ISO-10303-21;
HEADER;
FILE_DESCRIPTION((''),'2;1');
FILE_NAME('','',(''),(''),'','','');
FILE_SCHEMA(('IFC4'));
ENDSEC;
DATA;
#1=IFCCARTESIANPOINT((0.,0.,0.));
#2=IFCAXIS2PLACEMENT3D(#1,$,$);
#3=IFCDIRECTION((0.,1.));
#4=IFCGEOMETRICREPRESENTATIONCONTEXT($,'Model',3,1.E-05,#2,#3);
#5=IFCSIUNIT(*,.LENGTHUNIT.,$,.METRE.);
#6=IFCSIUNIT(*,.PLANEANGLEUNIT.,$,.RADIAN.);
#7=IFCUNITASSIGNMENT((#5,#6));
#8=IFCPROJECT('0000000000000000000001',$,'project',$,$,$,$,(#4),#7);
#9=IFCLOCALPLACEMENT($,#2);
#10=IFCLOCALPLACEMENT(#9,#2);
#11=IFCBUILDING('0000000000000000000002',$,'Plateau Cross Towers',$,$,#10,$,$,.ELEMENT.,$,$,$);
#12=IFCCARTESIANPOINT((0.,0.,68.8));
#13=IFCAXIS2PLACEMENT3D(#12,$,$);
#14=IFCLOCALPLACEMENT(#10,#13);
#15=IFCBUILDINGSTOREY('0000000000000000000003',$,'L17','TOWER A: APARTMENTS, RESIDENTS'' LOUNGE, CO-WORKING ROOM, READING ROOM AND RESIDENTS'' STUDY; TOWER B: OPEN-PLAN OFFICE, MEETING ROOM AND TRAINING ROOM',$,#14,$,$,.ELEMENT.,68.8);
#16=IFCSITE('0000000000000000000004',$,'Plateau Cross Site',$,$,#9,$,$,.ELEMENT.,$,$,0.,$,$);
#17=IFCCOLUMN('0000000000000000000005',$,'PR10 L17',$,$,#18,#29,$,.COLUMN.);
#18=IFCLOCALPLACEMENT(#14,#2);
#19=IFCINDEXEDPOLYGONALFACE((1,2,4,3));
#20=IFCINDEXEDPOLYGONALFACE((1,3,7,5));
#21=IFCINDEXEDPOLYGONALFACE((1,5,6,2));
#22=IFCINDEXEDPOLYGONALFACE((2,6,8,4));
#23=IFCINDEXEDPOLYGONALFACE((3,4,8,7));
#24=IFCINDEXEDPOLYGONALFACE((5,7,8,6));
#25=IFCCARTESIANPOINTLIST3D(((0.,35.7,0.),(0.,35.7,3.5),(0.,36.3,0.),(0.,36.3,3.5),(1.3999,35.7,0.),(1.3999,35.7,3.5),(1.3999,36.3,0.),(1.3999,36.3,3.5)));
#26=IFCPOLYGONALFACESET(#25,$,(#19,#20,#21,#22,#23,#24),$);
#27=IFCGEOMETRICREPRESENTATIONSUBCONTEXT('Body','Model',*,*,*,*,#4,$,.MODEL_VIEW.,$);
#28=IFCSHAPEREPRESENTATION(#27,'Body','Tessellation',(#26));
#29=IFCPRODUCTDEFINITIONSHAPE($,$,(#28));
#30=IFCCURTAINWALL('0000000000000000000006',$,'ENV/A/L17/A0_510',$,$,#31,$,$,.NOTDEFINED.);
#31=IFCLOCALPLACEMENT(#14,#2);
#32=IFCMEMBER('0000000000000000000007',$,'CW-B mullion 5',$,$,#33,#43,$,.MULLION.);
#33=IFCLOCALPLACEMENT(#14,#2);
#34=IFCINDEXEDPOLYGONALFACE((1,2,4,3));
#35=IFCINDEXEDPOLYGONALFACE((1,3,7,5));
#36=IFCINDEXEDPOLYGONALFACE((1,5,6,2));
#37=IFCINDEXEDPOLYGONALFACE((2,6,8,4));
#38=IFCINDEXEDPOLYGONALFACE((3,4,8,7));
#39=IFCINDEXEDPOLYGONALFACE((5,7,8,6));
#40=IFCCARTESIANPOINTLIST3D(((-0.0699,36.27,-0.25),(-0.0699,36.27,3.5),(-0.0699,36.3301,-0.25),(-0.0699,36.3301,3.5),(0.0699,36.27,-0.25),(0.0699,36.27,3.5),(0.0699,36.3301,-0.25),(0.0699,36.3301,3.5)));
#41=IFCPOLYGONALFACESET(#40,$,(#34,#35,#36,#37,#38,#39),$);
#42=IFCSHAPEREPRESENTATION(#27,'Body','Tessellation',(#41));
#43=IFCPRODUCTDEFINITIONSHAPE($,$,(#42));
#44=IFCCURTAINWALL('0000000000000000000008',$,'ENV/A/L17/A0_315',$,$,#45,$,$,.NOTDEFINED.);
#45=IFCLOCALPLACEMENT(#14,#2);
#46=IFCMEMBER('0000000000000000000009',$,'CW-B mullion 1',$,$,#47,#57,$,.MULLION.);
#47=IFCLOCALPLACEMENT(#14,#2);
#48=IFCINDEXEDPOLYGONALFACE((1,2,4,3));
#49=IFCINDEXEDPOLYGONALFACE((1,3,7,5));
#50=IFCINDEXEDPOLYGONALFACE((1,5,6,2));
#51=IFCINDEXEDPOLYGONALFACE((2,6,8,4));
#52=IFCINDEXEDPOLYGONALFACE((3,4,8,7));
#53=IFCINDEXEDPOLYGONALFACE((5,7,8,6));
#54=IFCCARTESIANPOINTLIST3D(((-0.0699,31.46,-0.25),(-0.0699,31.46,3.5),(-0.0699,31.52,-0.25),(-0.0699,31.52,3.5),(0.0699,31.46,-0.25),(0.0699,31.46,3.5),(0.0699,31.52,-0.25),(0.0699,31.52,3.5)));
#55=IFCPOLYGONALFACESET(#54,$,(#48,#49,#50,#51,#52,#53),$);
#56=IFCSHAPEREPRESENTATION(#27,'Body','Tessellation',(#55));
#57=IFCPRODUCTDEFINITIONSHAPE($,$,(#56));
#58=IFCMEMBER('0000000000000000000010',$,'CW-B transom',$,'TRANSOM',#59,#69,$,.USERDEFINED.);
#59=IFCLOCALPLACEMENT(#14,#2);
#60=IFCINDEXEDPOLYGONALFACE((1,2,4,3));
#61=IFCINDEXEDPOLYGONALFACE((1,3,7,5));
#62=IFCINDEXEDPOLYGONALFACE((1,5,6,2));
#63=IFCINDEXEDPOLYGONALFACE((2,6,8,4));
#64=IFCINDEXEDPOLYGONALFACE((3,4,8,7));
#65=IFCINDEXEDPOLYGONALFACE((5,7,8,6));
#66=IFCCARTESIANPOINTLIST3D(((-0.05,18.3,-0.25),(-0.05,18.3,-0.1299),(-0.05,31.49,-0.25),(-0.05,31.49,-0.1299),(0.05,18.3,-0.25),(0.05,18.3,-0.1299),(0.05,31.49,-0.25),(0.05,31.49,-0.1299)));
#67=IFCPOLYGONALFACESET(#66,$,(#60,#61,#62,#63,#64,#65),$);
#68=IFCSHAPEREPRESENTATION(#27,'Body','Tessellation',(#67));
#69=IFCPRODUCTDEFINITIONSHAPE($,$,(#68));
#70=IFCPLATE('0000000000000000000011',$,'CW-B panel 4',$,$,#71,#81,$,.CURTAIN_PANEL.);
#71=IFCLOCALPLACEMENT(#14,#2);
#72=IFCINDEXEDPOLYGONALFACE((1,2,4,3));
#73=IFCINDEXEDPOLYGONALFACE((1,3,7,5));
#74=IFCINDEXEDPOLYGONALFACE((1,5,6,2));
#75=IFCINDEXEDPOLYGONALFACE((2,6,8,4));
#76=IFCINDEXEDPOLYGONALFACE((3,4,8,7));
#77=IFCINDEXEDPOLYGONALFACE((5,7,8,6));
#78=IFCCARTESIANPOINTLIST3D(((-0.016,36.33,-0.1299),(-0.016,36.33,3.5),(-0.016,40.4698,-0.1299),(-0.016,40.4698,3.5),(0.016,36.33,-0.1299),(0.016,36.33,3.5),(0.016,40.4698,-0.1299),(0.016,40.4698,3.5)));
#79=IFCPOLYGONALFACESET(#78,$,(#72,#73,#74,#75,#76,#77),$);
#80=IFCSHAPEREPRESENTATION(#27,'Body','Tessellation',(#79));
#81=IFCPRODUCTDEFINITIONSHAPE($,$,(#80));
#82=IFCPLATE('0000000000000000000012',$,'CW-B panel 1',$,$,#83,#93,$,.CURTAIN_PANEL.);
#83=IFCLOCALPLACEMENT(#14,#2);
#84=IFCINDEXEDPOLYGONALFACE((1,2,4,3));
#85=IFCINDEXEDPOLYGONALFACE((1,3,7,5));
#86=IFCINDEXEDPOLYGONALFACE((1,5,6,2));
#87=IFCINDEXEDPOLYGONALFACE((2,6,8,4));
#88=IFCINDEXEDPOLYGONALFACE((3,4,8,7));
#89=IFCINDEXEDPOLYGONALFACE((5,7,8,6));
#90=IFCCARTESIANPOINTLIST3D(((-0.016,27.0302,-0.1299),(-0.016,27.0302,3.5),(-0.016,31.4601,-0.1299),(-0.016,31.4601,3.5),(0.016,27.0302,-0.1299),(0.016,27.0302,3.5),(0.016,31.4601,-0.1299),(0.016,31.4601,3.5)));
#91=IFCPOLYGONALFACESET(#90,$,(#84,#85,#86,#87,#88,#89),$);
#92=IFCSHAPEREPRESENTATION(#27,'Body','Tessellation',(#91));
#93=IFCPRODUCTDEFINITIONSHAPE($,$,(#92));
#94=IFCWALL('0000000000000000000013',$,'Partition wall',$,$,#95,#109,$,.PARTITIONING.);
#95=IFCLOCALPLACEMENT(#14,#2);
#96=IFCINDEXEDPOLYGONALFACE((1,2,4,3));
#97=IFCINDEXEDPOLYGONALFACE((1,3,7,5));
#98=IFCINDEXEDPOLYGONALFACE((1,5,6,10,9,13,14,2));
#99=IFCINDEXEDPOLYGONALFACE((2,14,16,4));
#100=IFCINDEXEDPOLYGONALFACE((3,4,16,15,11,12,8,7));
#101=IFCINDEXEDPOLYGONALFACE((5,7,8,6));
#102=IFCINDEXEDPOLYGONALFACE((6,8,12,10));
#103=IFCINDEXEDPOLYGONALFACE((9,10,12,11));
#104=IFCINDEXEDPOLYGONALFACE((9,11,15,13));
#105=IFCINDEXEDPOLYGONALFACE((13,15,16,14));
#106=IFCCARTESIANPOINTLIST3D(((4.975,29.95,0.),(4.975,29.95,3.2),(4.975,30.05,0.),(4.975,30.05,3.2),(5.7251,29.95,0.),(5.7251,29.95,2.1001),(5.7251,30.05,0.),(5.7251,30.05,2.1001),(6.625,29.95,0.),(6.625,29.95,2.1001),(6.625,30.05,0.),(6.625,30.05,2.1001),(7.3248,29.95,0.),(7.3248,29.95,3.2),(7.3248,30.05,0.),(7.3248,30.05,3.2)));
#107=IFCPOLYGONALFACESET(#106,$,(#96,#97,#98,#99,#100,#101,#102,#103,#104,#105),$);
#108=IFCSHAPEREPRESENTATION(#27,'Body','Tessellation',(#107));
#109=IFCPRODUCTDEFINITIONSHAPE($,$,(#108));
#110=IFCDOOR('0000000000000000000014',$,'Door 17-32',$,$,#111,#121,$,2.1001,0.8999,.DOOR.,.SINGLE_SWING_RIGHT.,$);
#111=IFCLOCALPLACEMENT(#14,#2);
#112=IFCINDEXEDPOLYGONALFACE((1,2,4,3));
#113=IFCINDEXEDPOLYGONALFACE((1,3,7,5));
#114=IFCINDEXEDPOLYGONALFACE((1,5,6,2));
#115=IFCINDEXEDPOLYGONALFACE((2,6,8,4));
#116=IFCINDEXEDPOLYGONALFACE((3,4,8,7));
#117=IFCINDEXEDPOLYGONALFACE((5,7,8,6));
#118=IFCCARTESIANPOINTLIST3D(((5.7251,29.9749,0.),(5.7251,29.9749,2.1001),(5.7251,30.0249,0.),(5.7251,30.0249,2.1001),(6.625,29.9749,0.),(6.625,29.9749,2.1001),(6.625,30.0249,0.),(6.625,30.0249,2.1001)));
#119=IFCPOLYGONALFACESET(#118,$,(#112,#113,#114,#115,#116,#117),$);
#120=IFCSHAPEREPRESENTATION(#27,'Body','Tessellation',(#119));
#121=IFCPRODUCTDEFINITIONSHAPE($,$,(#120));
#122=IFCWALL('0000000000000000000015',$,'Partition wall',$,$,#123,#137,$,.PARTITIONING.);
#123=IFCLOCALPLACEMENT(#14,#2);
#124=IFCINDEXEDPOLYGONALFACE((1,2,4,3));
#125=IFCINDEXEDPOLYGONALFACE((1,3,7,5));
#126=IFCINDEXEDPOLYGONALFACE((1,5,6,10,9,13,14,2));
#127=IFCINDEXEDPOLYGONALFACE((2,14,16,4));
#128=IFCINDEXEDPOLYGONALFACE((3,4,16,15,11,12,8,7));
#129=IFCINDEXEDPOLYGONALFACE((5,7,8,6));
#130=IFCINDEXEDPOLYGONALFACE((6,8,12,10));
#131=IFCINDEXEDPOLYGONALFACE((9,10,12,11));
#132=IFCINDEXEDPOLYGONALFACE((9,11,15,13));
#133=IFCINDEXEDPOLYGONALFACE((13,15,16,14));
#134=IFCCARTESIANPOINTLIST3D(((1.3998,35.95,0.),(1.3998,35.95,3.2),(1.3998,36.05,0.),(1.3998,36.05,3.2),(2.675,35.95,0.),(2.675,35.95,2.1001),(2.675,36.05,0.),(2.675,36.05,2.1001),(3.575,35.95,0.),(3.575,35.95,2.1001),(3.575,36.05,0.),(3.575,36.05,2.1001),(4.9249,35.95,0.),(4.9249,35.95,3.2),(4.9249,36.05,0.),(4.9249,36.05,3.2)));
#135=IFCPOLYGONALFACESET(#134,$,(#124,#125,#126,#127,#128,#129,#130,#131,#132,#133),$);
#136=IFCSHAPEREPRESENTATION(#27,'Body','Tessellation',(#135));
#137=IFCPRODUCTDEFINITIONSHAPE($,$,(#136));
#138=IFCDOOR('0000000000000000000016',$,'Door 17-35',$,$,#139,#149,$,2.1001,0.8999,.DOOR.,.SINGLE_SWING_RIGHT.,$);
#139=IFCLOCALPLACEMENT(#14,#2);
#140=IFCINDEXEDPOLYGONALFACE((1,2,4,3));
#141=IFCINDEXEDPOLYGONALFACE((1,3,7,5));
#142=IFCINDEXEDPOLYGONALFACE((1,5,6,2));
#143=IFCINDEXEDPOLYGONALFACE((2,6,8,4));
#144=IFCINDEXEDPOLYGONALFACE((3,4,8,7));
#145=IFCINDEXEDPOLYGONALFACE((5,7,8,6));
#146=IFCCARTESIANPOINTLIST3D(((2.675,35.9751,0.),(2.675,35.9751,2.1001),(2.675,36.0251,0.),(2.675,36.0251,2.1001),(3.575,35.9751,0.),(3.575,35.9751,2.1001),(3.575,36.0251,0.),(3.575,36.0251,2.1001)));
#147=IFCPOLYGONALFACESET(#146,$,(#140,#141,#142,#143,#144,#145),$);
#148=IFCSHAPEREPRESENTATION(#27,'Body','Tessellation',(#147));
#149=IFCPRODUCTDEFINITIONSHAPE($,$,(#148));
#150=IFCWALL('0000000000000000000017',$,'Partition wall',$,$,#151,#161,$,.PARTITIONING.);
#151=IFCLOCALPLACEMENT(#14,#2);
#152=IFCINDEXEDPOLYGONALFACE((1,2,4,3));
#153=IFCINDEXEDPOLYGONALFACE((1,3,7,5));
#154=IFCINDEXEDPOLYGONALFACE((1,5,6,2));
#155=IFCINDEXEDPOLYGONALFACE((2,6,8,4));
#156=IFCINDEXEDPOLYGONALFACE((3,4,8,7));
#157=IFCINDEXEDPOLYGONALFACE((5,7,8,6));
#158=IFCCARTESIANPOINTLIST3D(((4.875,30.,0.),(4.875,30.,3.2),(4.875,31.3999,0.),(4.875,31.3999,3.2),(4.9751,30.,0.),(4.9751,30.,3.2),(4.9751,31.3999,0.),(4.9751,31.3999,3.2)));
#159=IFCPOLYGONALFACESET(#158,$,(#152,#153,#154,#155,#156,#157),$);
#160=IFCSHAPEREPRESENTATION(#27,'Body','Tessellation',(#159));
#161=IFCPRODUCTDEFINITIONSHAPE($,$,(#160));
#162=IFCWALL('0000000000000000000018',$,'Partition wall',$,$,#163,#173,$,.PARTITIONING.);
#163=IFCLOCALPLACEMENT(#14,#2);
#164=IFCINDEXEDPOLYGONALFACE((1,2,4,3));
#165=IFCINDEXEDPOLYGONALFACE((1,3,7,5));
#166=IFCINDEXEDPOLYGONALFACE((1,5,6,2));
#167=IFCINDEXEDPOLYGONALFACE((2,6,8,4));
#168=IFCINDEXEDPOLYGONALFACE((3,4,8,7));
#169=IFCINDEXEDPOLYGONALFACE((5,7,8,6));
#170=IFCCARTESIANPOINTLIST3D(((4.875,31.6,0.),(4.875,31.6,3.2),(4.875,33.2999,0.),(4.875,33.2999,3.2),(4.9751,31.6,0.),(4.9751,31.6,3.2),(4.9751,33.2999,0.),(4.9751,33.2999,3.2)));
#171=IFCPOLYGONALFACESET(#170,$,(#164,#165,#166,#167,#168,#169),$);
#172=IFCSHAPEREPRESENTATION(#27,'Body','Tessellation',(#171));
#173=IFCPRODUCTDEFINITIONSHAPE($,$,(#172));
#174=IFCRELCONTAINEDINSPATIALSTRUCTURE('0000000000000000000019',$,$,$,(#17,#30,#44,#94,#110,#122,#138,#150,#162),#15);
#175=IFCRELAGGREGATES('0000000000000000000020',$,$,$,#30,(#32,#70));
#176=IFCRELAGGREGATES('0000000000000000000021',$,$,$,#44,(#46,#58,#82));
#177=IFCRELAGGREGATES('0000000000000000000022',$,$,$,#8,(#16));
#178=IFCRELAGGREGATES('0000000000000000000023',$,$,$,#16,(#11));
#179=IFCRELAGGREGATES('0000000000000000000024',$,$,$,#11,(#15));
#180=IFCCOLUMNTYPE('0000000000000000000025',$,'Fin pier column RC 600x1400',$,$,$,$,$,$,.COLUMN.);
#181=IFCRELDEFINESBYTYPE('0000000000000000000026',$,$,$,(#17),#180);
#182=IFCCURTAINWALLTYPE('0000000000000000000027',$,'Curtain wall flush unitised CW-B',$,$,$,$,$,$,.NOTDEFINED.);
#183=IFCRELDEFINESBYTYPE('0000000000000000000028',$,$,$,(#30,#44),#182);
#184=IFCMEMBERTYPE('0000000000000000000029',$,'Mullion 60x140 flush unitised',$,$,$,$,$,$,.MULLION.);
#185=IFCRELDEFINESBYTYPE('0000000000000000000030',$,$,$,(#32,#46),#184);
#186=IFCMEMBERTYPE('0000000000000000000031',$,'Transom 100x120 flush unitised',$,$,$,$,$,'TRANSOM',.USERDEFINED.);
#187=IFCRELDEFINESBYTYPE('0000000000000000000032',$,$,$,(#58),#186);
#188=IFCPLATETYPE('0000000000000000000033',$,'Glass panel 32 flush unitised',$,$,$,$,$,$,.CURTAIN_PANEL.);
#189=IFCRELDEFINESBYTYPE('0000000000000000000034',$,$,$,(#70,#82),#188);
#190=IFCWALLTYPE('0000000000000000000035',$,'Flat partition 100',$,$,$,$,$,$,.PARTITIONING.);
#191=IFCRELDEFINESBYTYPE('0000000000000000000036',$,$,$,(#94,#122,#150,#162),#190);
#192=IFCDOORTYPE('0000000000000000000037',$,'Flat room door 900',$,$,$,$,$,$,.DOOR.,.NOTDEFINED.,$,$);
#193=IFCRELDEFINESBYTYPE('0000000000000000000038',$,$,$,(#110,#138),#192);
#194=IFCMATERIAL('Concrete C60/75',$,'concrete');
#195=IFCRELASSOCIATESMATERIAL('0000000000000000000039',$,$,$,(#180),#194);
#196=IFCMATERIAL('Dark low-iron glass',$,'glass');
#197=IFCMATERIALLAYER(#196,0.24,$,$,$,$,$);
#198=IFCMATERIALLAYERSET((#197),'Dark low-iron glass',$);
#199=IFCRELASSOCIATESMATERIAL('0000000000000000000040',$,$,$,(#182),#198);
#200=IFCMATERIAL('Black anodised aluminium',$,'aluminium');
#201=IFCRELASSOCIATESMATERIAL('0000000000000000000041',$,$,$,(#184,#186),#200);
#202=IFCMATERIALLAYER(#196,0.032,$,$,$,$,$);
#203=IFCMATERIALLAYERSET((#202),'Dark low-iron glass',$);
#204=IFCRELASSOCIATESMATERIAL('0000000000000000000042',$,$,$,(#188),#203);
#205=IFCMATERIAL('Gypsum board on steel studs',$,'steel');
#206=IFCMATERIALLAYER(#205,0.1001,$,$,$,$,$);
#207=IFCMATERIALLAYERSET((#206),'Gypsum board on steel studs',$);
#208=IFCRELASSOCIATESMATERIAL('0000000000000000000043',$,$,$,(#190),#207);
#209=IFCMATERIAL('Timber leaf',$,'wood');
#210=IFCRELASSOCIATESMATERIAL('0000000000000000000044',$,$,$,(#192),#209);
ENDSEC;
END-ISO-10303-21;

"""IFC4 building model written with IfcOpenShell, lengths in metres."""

from ifc_helpers import new_model, si_unit, direction, frame, frame_2d, origin, origin_2d, place, context, subcontext, project, spatial, rectangle, extrude, material, layer, layer_set, material_profile, profile_set, type_object, element, fill, aggregate, save


model = new_model("IFC4")

# Units and contexts
model_context = context("Model", 3, precision=1e-05, world=origin(), true_north=direction((0.0, 1.0)))
body_context = subcontext(model_context, "Body", "Model", "MODEL_VIEW")
ifc_project = project(units=[si_unit("LENGTHUNIT", "METRE"), si_unit("PLANEANGLEUNIT", "RADIAN")], contexts=[model_context])

# Site, building, storey
site_placement = place(None, origin())
site = spatial("IfcSite", under=ifc_project, at=site_placement, Name="Plateau Cross Site", CompositionType="ELEMENT", RefElevation=0.0)
building_placement = place(site_placement, origin())
building = spatial("IfcBuilding", under=site, at=building_placement, Name="Plateau Cross Towers", CompositionType="ELEMENT")
storey_placement = place(building_placement, frame((0.0, 0.0, 68.8)))
storey = spatial("IfcBuildingStorey", under=building, at=storey_placement, Name="L17", Description="TOWER A: APARTMENTS, RESIDENTS' LOUNGE, CO-WORKING ROOM, READING ROOM AND RESIDENTS' STUDY; TOWER B: OPEN-PLAN OFFICE, MEETING ROOM AND TRAINING ROOM", CompositionType="ELEMENT", Elevation=68.8)

# Column
ifc_material_1 = material(Name="Concrete C60/75", Category="concrete")
ifc_material_profile_1 = material_profile(ifc_material_1, rectangle(XDim=0.6001, YDim=1.3999, at=origin_2d()), Name="RC 600x1400")
ifc_profile_set_1 = profile_set([ifc_material_profile_1], Name="Concrete C60/75")
column_type = type_object("IfcColumnType", Name="Fin pier column RC 600x1400", PredefinedType="COLUMN", material=ifc_profile_set_1)
column_placement = place(storey_placement, frame((0.7, 36.0, 0.0), z_axis=(0.0, 0.0, 1.0), x_axis=(0.0, 1.0, 0.0)))
element("IfcColumn", 1, at=column_placement, inside=storey, type_object=column_type, Name="PR10 L17", PredefinedType="COLUMN", context=body_context, shape_type="SweptSolid", body=[
    extrude(rectangle(XDim=0.6001, YDim=1.3999, at=origin_2d()), origin(), (0.0, 0.0, 1.0), 3.5),
])

# Curtain wall, member
ifc_material_2 = material(Name="Dark low-iron glass", Category="glass")
ifc_layer_1 = layer(ifc_material_2, 0.24)
ifc_layer_set_1 = layer_set([ifc_layer_1], Name="Dark low-iron glass")
curtain_wall_type = type_object("IfcCurtainWallType", Name="Curtain wall flush unitised CW-B", PredefinedType="NOTDEFINED", material=ifc_layer_set_1)
curtain_wall_1_placement = place(storey_placement, origin())
curtain_wall_1 = element("IfcCurtainWall", 2, at=curtain_wall_1_placement, inside=storey, type_object=curtain_wall_type, Name="ENV/A/L17/A0_510", PredefinedType="NOTDEFINED")
ifc_material_3 = material(Name="Black anodised aluminium", Category="aluminium")
ifc_material_profile_2 = material_profile(ifc_material_3, rectangle(XDim=0.0601, YDim=0.1399, at=origin_2d()), Name="MULLION 60x140")
ifc_profile_set_2 = profile_set([ifc_material_profile_2], Name="Black anodised aluminium")
member_type_1 = type_object("IfcMemberType", Name="Mullion 60x140 flush unitised", PredefinedType="MULLION", material=ifc_profile_set_2)
member_1_placement = place(storey_placement, frame((0.0, 36.3, -0.25), z_axis=(0.0, 0.0, 1.0), x_axis=(0.0, -1.0, 0.0)))
member_1 = element("IfcMember", 3, at=member_1_placement, type_object=member_type_1, Name="CW-B mullion 5", PredefinedType="MULLION", context=body_context, shape_type="SweptSolid", body=[
    extrude(rectangle(XDim=0.0601, YDim=0.1399, at=origin_2d()), origin(), (0.0, 0.0, 1.0), 3.75),
])

# Curtain wall, members
curtain_wall_2_placement = place(storey_placement, origin())
curtain_wall_2 = element("IfcCurtainWall", 4, at=curtain_wall_2_placement, inside=storey, type_object=curtain_wall_type, Name="ENV/A/L17/A0_315", PredefinedType="NOTDEFINED")
member_2_placement = place(storey_placement, frame((0.0, 31.49, -0.25), z_axis=(0.0, 0.0, 1.0), x_axis=(0.0, -1.0, 0.0)))
member_2 = element("IfcMember", 5, at=member_2_placement, type_object=member_type_1, Name="CW-B mullion 1", PredefinedType="MULLION", context=body_context, shape_type="SweptSolid", body=[
    extrude(rectangle(XDim=0.0601, YDim=0.1399, at=origin_2d()), origin(), (0.0, 0.0, 1.0), 3.75),
])
ifc_material_profile_3 = material_profile(ifc_material_3, rectangle(XDim=0.1001, YDim=0.1201, at=origin_2d()), Name="TRANSOM 100x120")
ifc_profile_set_3 = profile_set([ifc_material_profile_3], Name="Black anodised aluminium")
member_type_2 = type_object("IfcMemberType", Name="Transom 100x120 flush unitised", ElementType="TRANSOM", PredefinedType="USERDEFINED", material=ifc_profile_set_3)
member_3_placement = place(storey_placement, frame((0.0, 31.49, -0.1899), z_axis=(0.0, -1.0, 0.0), x_axis=(1.0, 0.0, 0.0)))
member_3 = element("IfcMember", 6, at=member_3_placement, type_object=member_type_2, Name="CW-B transom", ObjectType="TRANSOM", PredefinedType="USERDEFINED", context=body_context, shape_type="SweptSolid", body=[
    extrude(rectangle(XDim=0.1001, YDim=0.1201, at=origin_2d()), origin(), (0.0, 0.0, 1.0), 13.1899),
])

# Plates
ifc_layer_2 = layer(ifc_material_2, 0.032)
ifc_layer_set_2 = layer_set([ifc_layer_2], Name="Dark low-iron glass")
plate_type = type_object("IfcPlateType", Name="Glass panel 32 flush unitised", PredefinedType="CURTAIN_PANEL", material=ifc_layer_set_2)
plate_1_placement = place(storey_placement, frame((0.0, 38.3999, -0.1299), z_axis=(0.0, 0.0, 1.0), x_axis=(0.0, -1.0, 0.0)))
plate_1 = element("IfcPlate", 7, at=plate_1_placement, type_object=plate_type, Name="CW-B panel 4", PredefinedType="CURTAIN_PANEL", context=body_context, shape_type="SweptSolid", body=[
    extrude(rectangle(XDim=4.1399, YDim=0.032, at=origin_2d()), origin(), (0.0, 0.0, 1.0), 3.6299),
])
aggregate(curtain_wall_1, [member_1, plate_1])
plate_2_placement = place(storey_placement, frame((0.0, 29.2451, -0.1299), z_axis=(0.0, 0.0, 1.0), x_axis=(0.0, -1.0, 0.0)))
plate_2 = element("IfcPlate", 8, at=plate_2_placement, type_object=plate_type, Name="CW-B panel 1", PredefinedType="CURTAIN_PANEL", context=body_context, shape_type="SweptSolid", body=[
    extrude(rectangle(XDim=4.4299, YDim=0.032, at=origin_2d()), origin(), (0.0, 0.0, 1.0), 3.6299),
])
aggregate(curtain_wall_2, [member_2, member_3, plate_2])

# Walls, openings, doors
ifc_material_4 = material(Name="Gypsum board on steel studs", Category="steel")
ifc_layer_3 = layer(ifc_material_4, 0.1001)
ifc_layer_set_3 = layer_set([ifc_layer_3], Name="Gypsum board on steel studs")
wall_type_1 = type_object("IfcWallType", Name="Flat partition 100", PredefinedType="PARTITIONING", material=ifc_layer_set_3)
wall_1_placement = place(storey_placement, frame((4.9751, 30.0, 0.0), z_axis=(0.0, 0.0, 1.0), x_axis=(1.0, 0.0, 0.0)))
wall_1 = element("IfcWall", 9, at=wall_1_placement, inside=storey, type_object=wall_type_1, Name="Partition wall", PredefinedType="PARTITIONING", context=body_context, shape_type="SweptSolid", body=[
    extrude(rectangle(XDim=2.3499, YDim=0.1001, at=frame_2d((1.1748, 0.0))), origin(), (0.0, 0.0, 1.0), 3.2),
])
opening_1_placement = place(wall_1_placement, frame((0.75, 0.0, 0.0)))
opening_1 = element("IfcOpeningElement", 10, at=opening_1_placement, cuts=wall_1, PredefinedType="OPENING", context=body_context, shape_type="SweptSolid", body=[
    extrude(rectangle(XDim=0.8999, YDim=2.1001, at=frame_2d((0.45, 1.05))), frame((0.0, 0.0601, 0.0), z_axis=(0.0, -1.0, 0.0), x_axis=(1.0, 0.0, 0.0)), (0.0, 0.0, 1.0), 0.1201),
])
ifc_material_5 = material(Name="Timber leaf", Category="wood")
door_type_1 = type_object("IfcDoorType", Name="Flat room door 900", OperationType="NOTDEFINED", PredefinedType="DOOR", material=ifc_material_5)
door_1_placement = place(opening_1_placement, origin())
door_1 = element("IfcDoor", 11, at=door_1_placement, inside=storey, type_object=door_type_1, Name="Door 17-32", OperationType="SINGLE_SWING_RIGHT", OverallHeight=2.1001, OverallWidth=0.8999, PredefinedType="DOOR", context=body_context, shape_type="SweptSolid", body=[
    extrude(rectangle(XDim=0.8999, YDim=2.1001, at=frame_2d((0.45, 1.05))), frame((0.0, 0.0249, 0.0), z_axis=(0.0, -1.0, 0.0), x_axis=(1.0, 0.0, 0.0)), (0.0, 0.0, 1.0), 0.05),
])
fill(opening_1, door_1)
wall_2_placement = place(storey_placement, frame((4.925, 36.0, 0.0), z_axis=(0.0, 0.0, 1.0), x_axis=(-1.0, 0.0, 0.0)))
wall_2 = element("IfcWall", 12, at=wall_2_placement, inside=storey, type_object=wall_type_1, Name="Partition wall", PredefinedType="PARTITIONING", context=body_context, shape_type="SweptSolid", body=[
    extrude(rectangle(XDim=3.5251, YDim=0.1001, at=frame_2d((1.7627, 0.0))), origin(), (0.0, 0.0, 1.0), 3.2),
])
opening_2_placement = place(wall_2_placement, frame((1.3501, 0.0, 0.0)))
opening_2 = element("IfcOpeningElement", 13, at=opening_2_placement, cuts=wall_2, PredefinedType="OPENING", context=body_context, shape_type="SweptSolid", body=[
    extrude(rectangle(XDim=0.8999, YDim=2.1001, at=frame_2d((0.45, 1.05))), frame((0.0, 0.0601, 0.0), z_axis=(0.0, -1.0, 0.0), x_axis=(1.0, 0.0, 0.0)), (0.0, 0.0, 1.0), 0.1201),
])
door_2_placement = place(opening_2_placement, origin())
door_2 = element("IfcDoor", 14, at=door_2_placement, inside=storey, type_object=door_type_1, Name="Door 17-35", OperationType="SINGLE_SWING_RIGHT", OverallHeight=2.1001, OverallWidth=0.8999, PredefinedType="DOOR", context=body_context, shape_type="SweptSolid", body=[
    extrude(rectangle(XDim=0.8999, YDim=2.1001, at=frame_2d((0.45, 1.05))), frame((0.0, 0.0249, 0.0), z_axis=(0.0, -1.0, 0.0), x_axis=(1.0, 0.0, 0.0)), (0.0, 0.0, 1.0), 0.05),
])
fill(opening_2, door_2)

# Walls
wall_3_placement = place(storey_placement, frame((4.925, 31.3999, 0.0), z_axis=(0.0, 0.0, 1.0), x_axis=(0.0, -1.0, 0.0)))
element("IfcWall", 15, at=wall_3_placement, inside=storey, type_object=wall_type_1, Name="Partition wall", PredefinedType="PARTITIONING", context=body_context, shape_type="SweptSolid", body=[
    extrude(rectangle(XDim=1.3999, YDim=0.1001, at=frame_2d((0.7, 0.0))), origin(), (0.0, 0.0, 1.0), 3.2),
])
wall_4_placement = place(storey_placement, frame((4.925, 33.3, 0.0), z_axis=(0.0, 0.0, 1.0), x_axis=(0.0, -1.0, 0.0)))
element("IfcWall", 16, at=wall_4_placement, inside=storey, type_object=wall_type_1, Name="Partition wall", PredefinedType="PARTITIONING", context=body_context, shape_type="SweptSolid", body=[
    extrude(rectangle(XDim=1.7, YDim=0.1001, at=frame_2d((0.8501, 0.0))), origin(), (0.0, 0.0, 1.0), 3.2),
])

save(model, "model.ifc")
